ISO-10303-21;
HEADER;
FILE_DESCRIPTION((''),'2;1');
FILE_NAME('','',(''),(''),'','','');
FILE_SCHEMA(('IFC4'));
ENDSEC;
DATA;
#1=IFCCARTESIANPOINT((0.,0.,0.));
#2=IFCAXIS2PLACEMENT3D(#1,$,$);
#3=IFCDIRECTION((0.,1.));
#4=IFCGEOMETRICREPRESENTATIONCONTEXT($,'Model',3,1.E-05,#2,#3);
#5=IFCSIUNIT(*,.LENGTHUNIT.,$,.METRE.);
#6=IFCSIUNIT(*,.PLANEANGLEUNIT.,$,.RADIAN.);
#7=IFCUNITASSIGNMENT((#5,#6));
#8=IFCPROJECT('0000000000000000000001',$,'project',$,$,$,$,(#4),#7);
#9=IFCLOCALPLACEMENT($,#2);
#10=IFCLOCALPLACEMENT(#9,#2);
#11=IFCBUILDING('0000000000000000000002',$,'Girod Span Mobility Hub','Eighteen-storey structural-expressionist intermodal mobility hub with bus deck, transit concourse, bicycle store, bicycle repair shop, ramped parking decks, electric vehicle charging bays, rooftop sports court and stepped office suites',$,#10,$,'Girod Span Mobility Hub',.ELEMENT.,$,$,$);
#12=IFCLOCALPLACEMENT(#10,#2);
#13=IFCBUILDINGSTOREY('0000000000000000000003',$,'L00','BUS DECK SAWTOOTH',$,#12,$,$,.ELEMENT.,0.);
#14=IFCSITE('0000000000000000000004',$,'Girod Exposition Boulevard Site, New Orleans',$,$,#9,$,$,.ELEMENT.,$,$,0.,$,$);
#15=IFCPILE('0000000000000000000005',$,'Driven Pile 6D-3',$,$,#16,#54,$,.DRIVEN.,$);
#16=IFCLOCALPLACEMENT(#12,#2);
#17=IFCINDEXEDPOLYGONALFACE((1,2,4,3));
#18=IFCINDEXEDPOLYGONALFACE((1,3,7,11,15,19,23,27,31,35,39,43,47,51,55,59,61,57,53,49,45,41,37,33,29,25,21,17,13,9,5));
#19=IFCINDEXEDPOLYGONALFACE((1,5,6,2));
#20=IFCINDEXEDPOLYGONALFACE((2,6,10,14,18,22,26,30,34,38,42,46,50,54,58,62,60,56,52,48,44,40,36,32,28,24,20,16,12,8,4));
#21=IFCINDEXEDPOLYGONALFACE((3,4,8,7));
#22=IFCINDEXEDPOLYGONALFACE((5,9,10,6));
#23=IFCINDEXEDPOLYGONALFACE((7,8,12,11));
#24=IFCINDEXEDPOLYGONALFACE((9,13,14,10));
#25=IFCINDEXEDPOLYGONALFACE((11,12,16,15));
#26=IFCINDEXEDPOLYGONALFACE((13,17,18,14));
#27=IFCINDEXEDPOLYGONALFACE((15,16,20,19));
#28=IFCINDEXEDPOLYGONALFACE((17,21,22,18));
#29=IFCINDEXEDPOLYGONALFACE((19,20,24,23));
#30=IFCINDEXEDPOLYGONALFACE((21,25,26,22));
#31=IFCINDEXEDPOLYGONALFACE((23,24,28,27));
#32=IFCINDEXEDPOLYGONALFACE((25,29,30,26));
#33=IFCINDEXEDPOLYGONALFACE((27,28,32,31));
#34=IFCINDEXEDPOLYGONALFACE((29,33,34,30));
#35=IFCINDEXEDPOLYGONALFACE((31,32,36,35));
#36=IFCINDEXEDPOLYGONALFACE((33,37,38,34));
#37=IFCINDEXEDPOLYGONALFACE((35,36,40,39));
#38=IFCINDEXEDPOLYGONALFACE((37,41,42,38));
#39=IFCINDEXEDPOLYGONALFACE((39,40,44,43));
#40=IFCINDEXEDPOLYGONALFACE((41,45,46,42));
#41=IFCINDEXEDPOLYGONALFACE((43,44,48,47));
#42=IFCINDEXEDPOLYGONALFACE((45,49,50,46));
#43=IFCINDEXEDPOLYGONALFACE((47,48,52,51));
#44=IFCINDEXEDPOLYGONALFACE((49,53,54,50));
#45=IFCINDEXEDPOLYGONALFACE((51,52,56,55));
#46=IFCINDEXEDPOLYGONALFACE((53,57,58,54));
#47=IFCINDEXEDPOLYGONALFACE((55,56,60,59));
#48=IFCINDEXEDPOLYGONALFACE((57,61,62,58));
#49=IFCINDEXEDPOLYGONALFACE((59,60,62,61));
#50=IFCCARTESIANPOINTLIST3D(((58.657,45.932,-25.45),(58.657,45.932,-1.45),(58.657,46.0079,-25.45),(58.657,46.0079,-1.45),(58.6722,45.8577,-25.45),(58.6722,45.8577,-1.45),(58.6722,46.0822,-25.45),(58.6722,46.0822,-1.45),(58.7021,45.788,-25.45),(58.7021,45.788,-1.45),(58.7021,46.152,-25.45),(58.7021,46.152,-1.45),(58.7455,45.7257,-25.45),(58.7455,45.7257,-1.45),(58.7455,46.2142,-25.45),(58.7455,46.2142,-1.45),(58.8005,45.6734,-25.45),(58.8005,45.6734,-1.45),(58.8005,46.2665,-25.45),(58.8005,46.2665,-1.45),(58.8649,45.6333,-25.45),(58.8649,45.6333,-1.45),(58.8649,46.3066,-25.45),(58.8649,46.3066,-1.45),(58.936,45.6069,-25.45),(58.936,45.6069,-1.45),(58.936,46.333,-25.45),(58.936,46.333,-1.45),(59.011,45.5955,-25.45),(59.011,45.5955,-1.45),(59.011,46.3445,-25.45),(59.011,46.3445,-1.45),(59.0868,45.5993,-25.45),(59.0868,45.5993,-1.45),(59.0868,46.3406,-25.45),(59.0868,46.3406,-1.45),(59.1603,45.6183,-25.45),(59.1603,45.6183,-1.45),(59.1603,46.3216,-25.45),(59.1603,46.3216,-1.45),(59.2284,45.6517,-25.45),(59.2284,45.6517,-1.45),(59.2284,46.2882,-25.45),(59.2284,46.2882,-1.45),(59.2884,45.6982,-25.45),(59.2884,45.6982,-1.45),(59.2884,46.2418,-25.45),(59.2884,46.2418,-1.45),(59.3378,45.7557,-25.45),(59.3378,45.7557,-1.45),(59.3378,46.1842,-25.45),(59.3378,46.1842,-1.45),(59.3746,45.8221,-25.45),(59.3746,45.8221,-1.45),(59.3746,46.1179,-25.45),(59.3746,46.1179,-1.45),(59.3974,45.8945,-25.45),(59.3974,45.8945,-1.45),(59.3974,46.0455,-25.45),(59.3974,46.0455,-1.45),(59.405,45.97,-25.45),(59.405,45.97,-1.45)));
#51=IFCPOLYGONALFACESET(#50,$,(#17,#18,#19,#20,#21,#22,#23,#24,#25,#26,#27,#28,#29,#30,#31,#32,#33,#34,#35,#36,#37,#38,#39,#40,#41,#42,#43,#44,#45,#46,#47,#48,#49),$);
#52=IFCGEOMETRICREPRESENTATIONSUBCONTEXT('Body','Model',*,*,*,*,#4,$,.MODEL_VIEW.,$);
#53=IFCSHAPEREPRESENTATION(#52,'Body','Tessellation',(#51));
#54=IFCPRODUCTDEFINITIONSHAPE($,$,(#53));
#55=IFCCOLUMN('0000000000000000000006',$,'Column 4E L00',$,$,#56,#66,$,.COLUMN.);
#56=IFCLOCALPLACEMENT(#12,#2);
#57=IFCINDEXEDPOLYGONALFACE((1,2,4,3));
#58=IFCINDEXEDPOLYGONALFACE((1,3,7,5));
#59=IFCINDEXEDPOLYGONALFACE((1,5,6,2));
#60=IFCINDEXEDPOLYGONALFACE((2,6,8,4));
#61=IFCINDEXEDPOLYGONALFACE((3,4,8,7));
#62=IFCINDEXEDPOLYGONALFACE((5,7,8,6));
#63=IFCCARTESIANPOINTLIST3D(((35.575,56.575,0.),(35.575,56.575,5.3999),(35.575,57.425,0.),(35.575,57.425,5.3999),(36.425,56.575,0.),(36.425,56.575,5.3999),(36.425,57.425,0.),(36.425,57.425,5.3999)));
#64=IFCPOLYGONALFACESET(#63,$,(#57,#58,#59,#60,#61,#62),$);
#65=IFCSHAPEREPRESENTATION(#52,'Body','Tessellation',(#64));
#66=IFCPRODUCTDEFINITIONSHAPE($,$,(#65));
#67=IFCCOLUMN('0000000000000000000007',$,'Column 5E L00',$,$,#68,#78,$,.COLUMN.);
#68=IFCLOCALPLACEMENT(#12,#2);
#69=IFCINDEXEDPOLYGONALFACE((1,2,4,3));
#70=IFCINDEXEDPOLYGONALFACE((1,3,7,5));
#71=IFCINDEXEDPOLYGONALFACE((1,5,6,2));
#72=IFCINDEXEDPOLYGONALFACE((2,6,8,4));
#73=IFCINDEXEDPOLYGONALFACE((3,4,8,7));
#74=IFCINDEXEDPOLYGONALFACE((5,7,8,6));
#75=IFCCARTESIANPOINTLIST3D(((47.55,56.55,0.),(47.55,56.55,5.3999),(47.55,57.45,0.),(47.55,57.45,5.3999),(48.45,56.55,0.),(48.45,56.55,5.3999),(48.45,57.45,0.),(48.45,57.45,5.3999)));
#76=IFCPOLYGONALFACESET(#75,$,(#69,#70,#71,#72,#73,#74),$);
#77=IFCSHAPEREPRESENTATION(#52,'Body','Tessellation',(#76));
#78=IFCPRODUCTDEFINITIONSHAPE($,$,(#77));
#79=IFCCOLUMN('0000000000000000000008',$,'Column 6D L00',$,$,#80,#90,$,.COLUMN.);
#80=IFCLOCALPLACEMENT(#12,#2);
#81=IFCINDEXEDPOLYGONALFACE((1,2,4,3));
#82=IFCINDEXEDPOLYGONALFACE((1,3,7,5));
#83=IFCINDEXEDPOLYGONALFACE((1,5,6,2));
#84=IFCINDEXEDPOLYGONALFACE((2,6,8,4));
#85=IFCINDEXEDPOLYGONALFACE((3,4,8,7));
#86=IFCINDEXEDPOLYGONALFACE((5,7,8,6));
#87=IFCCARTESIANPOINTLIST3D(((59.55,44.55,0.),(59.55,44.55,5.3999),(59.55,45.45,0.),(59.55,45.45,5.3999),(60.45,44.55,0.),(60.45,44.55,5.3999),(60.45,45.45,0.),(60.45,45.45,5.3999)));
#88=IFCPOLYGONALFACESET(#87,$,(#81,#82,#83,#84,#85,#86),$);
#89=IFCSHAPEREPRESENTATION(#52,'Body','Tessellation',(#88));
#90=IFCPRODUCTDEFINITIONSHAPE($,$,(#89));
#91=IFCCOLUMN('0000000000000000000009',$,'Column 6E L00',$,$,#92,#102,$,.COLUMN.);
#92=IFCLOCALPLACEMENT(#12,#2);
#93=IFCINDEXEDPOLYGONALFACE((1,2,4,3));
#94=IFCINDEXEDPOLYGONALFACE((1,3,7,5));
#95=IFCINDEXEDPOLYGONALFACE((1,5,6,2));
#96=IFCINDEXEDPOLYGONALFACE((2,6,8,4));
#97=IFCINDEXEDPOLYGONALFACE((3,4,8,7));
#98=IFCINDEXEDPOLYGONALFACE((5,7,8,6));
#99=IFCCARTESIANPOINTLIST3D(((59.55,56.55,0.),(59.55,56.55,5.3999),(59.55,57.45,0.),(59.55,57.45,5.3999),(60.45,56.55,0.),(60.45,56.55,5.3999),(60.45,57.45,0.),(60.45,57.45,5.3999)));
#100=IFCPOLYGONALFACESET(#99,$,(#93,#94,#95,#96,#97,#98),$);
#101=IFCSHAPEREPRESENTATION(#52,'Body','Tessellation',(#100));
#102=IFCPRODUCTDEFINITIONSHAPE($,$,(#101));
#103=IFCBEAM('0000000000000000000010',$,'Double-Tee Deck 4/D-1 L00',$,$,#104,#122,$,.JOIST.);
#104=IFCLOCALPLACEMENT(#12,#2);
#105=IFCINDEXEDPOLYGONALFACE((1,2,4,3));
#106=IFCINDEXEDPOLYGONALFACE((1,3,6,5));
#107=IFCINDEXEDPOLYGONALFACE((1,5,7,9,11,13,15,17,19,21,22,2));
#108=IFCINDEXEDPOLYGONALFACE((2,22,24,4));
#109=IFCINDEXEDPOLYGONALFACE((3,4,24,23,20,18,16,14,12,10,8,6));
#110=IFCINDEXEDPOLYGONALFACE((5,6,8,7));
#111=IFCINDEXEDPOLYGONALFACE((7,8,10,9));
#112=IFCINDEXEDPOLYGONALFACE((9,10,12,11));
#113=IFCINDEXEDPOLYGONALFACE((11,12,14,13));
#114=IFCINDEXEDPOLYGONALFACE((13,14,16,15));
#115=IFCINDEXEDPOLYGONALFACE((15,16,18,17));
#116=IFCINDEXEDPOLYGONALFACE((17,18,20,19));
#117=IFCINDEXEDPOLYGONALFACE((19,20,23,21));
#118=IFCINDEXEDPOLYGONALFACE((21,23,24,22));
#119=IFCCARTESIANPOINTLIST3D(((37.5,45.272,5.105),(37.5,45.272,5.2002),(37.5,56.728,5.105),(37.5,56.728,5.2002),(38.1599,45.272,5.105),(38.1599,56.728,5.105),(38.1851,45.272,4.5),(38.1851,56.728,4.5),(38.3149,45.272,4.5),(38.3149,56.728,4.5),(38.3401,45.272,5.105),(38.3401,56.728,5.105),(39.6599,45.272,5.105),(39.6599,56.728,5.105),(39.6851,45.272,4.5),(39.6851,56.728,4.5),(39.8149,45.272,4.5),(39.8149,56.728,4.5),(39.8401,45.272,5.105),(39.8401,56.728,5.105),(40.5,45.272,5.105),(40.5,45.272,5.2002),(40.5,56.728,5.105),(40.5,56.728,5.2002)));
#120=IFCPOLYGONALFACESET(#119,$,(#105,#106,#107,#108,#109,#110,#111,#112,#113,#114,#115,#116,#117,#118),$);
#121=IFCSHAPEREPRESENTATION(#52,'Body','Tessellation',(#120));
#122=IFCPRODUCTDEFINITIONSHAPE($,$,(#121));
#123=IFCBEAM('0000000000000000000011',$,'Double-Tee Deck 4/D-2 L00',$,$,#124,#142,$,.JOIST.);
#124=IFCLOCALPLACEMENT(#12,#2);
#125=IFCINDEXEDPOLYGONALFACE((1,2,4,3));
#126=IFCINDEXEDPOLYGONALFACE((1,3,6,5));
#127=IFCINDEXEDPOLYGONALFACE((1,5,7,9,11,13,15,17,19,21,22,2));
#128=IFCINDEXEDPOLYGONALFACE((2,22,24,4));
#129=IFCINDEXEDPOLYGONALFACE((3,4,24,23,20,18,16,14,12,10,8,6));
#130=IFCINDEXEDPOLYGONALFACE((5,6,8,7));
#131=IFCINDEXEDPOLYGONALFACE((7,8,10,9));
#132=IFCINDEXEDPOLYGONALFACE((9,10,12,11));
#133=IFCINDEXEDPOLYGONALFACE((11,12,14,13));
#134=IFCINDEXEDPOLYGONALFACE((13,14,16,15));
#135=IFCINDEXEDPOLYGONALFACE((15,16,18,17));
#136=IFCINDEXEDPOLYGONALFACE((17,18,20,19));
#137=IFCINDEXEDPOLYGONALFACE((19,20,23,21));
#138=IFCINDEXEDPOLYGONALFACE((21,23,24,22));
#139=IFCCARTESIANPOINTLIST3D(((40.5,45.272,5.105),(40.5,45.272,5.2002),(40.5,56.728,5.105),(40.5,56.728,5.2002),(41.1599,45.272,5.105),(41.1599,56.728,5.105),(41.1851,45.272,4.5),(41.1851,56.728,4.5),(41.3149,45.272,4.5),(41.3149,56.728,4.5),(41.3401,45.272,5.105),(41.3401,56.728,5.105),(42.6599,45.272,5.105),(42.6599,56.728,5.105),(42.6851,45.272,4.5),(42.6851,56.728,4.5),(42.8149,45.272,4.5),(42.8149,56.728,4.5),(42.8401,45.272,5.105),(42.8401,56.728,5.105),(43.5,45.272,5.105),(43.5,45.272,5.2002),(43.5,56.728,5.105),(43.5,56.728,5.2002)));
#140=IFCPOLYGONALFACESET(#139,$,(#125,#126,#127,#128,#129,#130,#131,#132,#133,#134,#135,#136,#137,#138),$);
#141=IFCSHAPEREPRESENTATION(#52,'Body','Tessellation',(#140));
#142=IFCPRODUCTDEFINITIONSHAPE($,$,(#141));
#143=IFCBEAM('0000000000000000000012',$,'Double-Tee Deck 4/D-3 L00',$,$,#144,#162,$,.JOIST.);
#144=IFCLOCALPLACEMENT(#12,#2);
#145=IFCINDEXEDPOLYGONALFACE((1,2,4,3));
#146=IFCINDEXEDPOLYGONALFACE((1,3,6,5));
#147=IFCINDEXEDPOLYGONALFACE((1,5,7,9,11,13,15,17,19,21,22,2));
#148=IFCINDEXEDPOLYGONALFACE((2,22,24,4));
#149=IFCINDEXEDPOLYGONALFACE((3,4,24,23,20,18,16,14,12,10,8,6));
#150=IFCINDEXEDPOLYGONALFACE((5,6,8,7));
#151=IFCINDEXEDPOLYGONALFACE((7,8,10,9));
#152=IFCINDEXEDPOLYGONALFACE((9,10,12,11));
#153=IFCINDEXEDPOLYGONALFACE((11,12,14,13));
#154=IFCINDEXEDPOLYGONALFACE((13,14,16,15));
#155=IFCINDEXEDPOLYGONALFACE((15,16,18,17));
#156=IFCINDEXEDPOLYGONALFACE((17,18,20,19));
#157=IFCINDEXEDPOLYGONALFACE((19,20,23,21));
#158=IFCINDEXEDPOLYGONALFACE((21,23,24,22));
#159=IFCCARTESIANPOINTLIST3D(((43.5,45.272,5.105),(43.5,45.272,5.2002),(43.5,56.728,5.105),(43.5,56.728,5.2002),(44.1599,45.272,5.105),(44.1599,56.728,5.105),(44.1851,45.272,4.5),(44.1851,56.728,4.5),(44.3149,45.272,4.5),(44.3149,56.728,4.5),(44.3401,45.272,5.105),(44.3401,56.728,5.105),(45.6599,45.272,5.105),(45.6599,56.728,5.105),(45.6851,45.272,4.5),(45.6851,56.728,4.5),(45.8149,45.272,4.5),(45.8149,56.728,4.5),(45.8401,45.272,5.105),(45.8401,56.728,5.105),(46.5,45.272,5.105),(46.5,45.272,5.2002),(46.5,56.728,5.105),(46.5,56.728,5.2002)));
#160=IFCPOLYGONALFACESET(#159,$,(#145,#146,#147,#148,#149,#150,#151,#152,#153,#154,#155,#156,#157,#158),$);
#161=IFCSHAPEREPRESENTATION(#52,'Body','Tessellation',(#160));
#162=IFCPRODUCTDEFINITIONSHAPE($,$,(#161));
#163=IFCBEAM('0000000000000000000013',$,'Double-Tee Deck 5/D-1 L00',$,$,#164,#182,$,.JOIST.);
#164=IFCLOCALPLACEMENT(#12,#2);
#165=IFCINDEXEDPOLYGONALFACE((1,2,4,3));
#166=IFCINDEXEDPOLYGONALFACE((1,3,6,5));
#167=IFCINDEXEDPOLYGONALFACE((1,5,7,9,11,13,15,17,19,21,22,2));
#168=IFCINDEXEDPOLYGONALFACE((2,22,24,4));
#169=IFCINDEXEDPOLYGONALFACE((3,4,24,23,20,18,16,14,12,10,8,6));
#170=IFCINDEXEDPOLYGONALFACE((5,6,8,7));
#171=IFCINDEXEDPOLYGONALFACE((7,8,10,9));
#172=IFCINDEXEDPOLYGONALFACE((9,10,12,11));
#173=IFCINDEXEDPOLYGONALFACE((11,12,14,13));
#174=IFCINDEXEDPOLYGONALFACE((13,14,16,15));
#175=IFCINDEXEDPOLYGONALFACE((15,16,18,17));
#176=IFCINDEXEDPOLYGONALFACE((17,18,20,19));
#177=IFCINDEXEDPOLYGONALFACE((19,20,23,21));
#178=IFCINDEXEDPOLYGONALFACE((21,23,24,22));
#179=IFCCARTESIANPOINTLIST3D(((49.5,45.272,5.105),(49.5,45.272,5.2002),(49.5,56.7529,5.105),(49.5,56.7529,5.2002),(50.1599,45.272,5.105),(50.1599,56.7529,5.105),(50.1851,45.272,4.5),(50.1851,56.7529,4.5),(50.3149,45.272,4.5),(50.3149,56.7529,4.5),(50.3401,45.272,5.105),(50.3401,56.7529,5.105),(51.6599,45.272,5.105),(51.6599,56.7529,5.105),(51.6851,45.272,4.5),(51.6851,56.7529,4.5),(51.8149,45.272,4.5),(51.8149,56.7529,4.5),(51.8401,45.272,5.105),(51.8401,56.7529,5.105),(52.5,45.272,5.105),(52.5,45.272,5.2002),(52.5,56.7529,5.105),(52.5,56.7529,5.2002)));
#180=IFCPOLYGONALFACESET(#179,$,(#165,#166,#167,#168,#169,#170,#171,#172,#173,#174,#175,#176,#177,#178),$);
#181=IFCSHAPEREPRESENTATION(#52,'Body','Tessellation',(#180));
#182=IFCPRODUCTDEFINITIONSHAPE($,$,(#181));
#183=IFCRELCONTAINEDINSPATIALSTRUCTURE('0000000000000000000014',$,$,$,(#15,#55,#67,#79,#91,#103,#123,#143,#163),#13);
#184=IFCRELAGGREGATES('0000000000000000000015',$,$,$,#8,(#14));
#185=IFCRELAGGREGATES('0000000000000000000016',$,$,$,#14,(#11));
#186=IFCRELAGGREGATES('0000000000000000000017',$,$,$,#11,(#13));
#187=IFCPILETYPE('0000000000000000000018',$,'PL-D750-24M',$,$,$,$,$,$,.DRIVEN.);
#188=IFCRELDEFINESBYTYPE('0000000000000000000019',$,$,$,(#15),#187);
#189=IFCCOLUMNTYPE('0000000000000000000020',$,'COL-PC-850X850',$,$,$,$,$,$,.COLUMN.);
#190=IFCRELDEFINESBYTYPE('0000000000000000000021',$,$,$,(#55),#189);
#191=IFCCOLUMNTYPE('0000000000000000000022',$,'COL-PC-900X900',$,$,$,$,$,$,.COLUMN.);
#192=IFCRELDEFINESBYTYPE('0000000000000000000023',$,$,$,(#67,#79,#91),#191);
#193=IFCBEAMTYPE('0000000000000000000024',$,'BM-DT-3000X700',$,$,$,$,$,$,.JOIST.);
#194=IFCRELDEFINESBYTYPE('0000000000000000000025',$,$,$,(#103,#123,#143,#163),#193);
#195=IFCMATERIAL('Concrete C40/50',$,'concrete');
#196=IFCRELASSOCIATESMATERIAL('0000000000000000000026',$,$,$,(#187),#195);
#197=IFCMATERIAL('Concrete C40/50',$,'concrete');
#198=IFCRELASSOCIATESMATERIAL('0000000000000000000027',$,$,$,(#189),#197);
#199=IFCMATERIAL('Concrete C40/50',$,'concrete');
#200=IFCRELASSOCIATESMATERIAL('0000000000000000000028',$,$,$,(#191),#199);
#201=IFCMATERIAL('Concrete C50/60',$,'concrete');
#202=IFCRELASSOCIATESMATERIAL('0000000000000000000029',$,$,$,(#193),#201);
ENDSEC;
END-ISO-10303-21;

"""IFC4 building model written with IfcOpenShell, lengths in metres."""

from ifc_helpers import new_model, si_unit, direction, frame, origin, origin_2d, place, context, subcontext, project, spatial, polyline, rectangle, circle, outline, extrude, material, material_profile, profile_set, type_object, element, save


model = new_model("IFC4")

# Units and contexts
model_context = context("Model", 3, precision=1e-05, world=origin(), true_north=direction((0.0, 1.0)))
body_context = subcontext(model_context, "Body", "Model", "MODEL_VIEW")
ifc_project = project(units=[si_unit("LENGTHUNIT", "METRE"), si_unit("PLANEANGLEUNIT", "RADIAN")], contexts=[model_context])

# Site, building, storey
site_placement = place(None, origin())
site = spatial("IfcSite", under=ifc_project, at=site_placement, Name="Girod Exposition Boulevard Site, New Orleans", CompositionType="ELEMENT", RefElevation=0.0)
building_placement = place(site_placement, origin())
building = spatial("IfcBuilding", under=site, at=building_placement, Name="Girod Span Mobility Hub", Description="Eighteen-storey structural-expressionist intermodal mobility hub with bus deck, transit concourse, bicycle store, bicycle repair shop, ramped parking decks, electric vehicle charging bays, rooftop sports court and stepped office suites", LongName="Girod Span Mobility Hub", CompositionType="ELEMENT")
storey_placement = place(building_placement, origin())
storey = spatial("IfcBuildingStorey", under=building, at=storey_placement, Name="L00", Description="BUS DECK SAWTOOTH", CompositionType="ELEMENT", Elevation=0.0)

# Pile
ifc_material_1 = material(Name="Concrete C40/50", Category="concrete")
ifc_material_profile_1 = material_profile(ifc_material_1, circle(Radius=0.375, at=origin_2d()), Name="PILE-D750")
ifc_profile_set_1 = profile_set([ifc_material_profile_1], Name="Concrete C40/50")
pile_type_1 = type_object("IfcPileType", Name="PL-D750-24M", PredefinedType="DRIVEN", material=ifc_profile_set_1)
for number, where, z_axis, x_axis, name in (
    (1, (59.03, 45.97, -1.45), (0.0, 0.0, -1.0), (1.0, 0.0, 0.0), "Driven Pile 6D-3"),
):
    element("IfcPile", number, at=place(storey_placement, frame(where, z_axis=z_axis, x_axis=x_axis)), inside=storey, type_object=pile_type_1, Name=name, PredefinedType="DRIVEN", context=body_context, shape_type="SweptSolid", body=[
        extrude(circle(Radius=0.375, at=origin_2d()), origin(), (0.0, 0.0, 1.0), 24.0),
    ])

# Columns
ifc_material_2 = material(Name="Concrete C40/50", Category="concrete")
ifc_material_profile_2 = material_profile(ifc_material_2, rectangle(XDim=0.8501, YDim=0.8501, at=origin_2d()), Name="PC-COL-850X850")
ifc_profile_set_2 = profile_set([ifc_material_profile_2], Name="Concrete C40/50")
column_type_1 = type_object("IfcColumnType", Name="COL-PC-850X850", PredefinedType="COLUMN", material=ifc_profile_set_2)
column_placement = place(storey_placement, frame((36.0, 57.0, 0.0), z_axis=(0.0, 0.0, 1.0), x_axis=(1.0, 0.0, 0.0)))
element("IfcColumn", 2, at=column_placement, inside=storey, type_object=column_type_1, Name="Column 4E L00", PredefinedType="COLUMN", context=body_context, shape_type="SweptSolid", body=[
    extrude(rectangle(XDim=0.8501, YDim=0.8501, at=origin_2d()), origin(), (0.0, 0.0, 1.0), 5.3999),
])
ifc_material_3 = material(Name="Concrete C40/50", Category="concrete")
ifc_material_profile_3 = material_profile(ifc_material_3, rectangle(XDim=0.8999, YDim=0.8999, at=origin_2d()), Name="PC-COL-900X900")
ifc_profile_set_3 = profile_set([ifc_material_profile_3], Name="Concrete C40/50")
column_type_2 = type_object("IfcColumnType", Name="COL-PC-900X900", PredefinedType="COLUMN", material=ifc_profile_set_3)
for number, where, z_axis, x_axis, name in (
    (3, (48.0, 57.0, 0.0), (0.0, 0.0, 1.0), (1.0, 0.0, 0.0), "Column 5E L00"),
    (4, (60.0, 45.0, 0.0), (0.0, 0.0, 1.0), (1.0, 0.0, 0.0), "Column 6D L00"),
    (5, (60.0, 57.0, 0.0), (0.0, 0.0, 1.0), (1.0, 0.0, 0.0), "Column 6E L00"),
):
    element("IfcColumn", number, at=place(storey_placement, frame(where, z_axis=z_axis, x_axis=x_axis)), inside=storey, type_object=column_type_2, Name=name, PredefinedType="COLUMN", context=body_context, shape_type="SweptSolid", body=[
        extrude(rectangle(XDim=0.8999, YDim=0.8999, at=origin_2d()), origin(), (0.0, 0.0, 1.0), 5.3999),
    ])

# Beams
ifc_material_4 = material(Name="Concrete C50/60", Category="concrete")
ifc_material_profile_4 = material_profile(ifc_material_4, outline(polyline([(-1.5, 0.3501), (-1.5, 0.2549), (-0.8401, 0.2549), (-0.8149, -0.3501), (-0.6851, -0.3501), (-0.6599, 0.2549), (0.6599, 0.2549), (0.6851, -0.3501), (0.8149, -0.3501), (0.8401, 0.2549), (1.5, 0.2549), (1.5, 0.3501), (-1.5, 0.3501)])), Name="DT-3000X700")
ifc_profile_set_4 = profile_set([ifc_material_profile_4], Name="Concrete C50/60")
beam_type_1 = type_object("IfcBeamType", Name="BM-DT-3000X700", PredefinedType="JOIST", material=ifc_profile_set_4)
for number, where, z_axis, x_axis, name in (
    (6, (39.0, 45.272, 4.8501), (0.0, 1.0, 0.0), (-1.0, 0.0, 0.0), "Double-Tee Deck 4/D-1 L00"),
    (7, (42.0, 45.272, 4.8501), (0.0, 1.0, 0.0), (-1.0, 0.0, 0.0), "Double-Tee Deck 4/D-2 L00"),
    (8, (45.0, 45.272, 4.8501), (0.0, 1.0, 0.0), (-1.0, 0.0, 0.0), "Double-Tee Deck 4/D-3 L00"),
):
    element("IfcBeam", number, at=place(storey_placement, frame(where, z_axis=z_axis, x_axis=x_axis)), inside=storey, type_object=beam_type_1, Name=name, PredefinedType="JOIST", context=body_context, shape_type="SweptSolid", body=[
        extrude(outline(polyline([(-1.5, 0.3501), (-1.5, 0.2549), (-0.8401, 0.2549), (-0.8149, -0.3501), (-0.6851, -0.3501), (-0.6599, 0.2549), (0.6599, 0.2549), (0.6851, -0.3501), (0.8149, -0.3501), (0.8401, 0.2549), (1.5, 0.2549), (1.5, 0.3501), (-1.5, 0.3501)])), origin(), (0.0, 0.0, 1.0), 11.4561),
    ])
for number, where, z_axis, x_axis, name in (
    (9, (51.0, 45.272, 4.8501), (0.0, 1.0, 0.0), (-1.0, 0.0, 0.0), "Double-Tee Deck 5/D-1 L00"),
):
    element("IfcBeam", number, at=place(storey_placement, frame(where, z_axis=z_axis, x_axis=x_axis)), inside=storey, type_object=beam_type_1, Name=name, PredefinedType="JOIST", context=body_context, shape_type="SweptSolid", body=[
        extrude(outline(polyline([(-1.5, 0.3501), (-1.5, 0.2549), (-0.8401, 0.2549), (-0.8149, -0.3501), (-0.6851, -0.3501), (-0.6599, 0.2549), (0.6599, 0.2549), (0.6851, -0.3501), (0.8149, -0.3501), (0.8401, 0.2549), (1.5, 0.2549), (1.5, 0.3501), (-1.5, 0.3501)])), origin(), (0.0, 0.0, 1.0), 11.481),
    ])

save(model, "model.ifc")
